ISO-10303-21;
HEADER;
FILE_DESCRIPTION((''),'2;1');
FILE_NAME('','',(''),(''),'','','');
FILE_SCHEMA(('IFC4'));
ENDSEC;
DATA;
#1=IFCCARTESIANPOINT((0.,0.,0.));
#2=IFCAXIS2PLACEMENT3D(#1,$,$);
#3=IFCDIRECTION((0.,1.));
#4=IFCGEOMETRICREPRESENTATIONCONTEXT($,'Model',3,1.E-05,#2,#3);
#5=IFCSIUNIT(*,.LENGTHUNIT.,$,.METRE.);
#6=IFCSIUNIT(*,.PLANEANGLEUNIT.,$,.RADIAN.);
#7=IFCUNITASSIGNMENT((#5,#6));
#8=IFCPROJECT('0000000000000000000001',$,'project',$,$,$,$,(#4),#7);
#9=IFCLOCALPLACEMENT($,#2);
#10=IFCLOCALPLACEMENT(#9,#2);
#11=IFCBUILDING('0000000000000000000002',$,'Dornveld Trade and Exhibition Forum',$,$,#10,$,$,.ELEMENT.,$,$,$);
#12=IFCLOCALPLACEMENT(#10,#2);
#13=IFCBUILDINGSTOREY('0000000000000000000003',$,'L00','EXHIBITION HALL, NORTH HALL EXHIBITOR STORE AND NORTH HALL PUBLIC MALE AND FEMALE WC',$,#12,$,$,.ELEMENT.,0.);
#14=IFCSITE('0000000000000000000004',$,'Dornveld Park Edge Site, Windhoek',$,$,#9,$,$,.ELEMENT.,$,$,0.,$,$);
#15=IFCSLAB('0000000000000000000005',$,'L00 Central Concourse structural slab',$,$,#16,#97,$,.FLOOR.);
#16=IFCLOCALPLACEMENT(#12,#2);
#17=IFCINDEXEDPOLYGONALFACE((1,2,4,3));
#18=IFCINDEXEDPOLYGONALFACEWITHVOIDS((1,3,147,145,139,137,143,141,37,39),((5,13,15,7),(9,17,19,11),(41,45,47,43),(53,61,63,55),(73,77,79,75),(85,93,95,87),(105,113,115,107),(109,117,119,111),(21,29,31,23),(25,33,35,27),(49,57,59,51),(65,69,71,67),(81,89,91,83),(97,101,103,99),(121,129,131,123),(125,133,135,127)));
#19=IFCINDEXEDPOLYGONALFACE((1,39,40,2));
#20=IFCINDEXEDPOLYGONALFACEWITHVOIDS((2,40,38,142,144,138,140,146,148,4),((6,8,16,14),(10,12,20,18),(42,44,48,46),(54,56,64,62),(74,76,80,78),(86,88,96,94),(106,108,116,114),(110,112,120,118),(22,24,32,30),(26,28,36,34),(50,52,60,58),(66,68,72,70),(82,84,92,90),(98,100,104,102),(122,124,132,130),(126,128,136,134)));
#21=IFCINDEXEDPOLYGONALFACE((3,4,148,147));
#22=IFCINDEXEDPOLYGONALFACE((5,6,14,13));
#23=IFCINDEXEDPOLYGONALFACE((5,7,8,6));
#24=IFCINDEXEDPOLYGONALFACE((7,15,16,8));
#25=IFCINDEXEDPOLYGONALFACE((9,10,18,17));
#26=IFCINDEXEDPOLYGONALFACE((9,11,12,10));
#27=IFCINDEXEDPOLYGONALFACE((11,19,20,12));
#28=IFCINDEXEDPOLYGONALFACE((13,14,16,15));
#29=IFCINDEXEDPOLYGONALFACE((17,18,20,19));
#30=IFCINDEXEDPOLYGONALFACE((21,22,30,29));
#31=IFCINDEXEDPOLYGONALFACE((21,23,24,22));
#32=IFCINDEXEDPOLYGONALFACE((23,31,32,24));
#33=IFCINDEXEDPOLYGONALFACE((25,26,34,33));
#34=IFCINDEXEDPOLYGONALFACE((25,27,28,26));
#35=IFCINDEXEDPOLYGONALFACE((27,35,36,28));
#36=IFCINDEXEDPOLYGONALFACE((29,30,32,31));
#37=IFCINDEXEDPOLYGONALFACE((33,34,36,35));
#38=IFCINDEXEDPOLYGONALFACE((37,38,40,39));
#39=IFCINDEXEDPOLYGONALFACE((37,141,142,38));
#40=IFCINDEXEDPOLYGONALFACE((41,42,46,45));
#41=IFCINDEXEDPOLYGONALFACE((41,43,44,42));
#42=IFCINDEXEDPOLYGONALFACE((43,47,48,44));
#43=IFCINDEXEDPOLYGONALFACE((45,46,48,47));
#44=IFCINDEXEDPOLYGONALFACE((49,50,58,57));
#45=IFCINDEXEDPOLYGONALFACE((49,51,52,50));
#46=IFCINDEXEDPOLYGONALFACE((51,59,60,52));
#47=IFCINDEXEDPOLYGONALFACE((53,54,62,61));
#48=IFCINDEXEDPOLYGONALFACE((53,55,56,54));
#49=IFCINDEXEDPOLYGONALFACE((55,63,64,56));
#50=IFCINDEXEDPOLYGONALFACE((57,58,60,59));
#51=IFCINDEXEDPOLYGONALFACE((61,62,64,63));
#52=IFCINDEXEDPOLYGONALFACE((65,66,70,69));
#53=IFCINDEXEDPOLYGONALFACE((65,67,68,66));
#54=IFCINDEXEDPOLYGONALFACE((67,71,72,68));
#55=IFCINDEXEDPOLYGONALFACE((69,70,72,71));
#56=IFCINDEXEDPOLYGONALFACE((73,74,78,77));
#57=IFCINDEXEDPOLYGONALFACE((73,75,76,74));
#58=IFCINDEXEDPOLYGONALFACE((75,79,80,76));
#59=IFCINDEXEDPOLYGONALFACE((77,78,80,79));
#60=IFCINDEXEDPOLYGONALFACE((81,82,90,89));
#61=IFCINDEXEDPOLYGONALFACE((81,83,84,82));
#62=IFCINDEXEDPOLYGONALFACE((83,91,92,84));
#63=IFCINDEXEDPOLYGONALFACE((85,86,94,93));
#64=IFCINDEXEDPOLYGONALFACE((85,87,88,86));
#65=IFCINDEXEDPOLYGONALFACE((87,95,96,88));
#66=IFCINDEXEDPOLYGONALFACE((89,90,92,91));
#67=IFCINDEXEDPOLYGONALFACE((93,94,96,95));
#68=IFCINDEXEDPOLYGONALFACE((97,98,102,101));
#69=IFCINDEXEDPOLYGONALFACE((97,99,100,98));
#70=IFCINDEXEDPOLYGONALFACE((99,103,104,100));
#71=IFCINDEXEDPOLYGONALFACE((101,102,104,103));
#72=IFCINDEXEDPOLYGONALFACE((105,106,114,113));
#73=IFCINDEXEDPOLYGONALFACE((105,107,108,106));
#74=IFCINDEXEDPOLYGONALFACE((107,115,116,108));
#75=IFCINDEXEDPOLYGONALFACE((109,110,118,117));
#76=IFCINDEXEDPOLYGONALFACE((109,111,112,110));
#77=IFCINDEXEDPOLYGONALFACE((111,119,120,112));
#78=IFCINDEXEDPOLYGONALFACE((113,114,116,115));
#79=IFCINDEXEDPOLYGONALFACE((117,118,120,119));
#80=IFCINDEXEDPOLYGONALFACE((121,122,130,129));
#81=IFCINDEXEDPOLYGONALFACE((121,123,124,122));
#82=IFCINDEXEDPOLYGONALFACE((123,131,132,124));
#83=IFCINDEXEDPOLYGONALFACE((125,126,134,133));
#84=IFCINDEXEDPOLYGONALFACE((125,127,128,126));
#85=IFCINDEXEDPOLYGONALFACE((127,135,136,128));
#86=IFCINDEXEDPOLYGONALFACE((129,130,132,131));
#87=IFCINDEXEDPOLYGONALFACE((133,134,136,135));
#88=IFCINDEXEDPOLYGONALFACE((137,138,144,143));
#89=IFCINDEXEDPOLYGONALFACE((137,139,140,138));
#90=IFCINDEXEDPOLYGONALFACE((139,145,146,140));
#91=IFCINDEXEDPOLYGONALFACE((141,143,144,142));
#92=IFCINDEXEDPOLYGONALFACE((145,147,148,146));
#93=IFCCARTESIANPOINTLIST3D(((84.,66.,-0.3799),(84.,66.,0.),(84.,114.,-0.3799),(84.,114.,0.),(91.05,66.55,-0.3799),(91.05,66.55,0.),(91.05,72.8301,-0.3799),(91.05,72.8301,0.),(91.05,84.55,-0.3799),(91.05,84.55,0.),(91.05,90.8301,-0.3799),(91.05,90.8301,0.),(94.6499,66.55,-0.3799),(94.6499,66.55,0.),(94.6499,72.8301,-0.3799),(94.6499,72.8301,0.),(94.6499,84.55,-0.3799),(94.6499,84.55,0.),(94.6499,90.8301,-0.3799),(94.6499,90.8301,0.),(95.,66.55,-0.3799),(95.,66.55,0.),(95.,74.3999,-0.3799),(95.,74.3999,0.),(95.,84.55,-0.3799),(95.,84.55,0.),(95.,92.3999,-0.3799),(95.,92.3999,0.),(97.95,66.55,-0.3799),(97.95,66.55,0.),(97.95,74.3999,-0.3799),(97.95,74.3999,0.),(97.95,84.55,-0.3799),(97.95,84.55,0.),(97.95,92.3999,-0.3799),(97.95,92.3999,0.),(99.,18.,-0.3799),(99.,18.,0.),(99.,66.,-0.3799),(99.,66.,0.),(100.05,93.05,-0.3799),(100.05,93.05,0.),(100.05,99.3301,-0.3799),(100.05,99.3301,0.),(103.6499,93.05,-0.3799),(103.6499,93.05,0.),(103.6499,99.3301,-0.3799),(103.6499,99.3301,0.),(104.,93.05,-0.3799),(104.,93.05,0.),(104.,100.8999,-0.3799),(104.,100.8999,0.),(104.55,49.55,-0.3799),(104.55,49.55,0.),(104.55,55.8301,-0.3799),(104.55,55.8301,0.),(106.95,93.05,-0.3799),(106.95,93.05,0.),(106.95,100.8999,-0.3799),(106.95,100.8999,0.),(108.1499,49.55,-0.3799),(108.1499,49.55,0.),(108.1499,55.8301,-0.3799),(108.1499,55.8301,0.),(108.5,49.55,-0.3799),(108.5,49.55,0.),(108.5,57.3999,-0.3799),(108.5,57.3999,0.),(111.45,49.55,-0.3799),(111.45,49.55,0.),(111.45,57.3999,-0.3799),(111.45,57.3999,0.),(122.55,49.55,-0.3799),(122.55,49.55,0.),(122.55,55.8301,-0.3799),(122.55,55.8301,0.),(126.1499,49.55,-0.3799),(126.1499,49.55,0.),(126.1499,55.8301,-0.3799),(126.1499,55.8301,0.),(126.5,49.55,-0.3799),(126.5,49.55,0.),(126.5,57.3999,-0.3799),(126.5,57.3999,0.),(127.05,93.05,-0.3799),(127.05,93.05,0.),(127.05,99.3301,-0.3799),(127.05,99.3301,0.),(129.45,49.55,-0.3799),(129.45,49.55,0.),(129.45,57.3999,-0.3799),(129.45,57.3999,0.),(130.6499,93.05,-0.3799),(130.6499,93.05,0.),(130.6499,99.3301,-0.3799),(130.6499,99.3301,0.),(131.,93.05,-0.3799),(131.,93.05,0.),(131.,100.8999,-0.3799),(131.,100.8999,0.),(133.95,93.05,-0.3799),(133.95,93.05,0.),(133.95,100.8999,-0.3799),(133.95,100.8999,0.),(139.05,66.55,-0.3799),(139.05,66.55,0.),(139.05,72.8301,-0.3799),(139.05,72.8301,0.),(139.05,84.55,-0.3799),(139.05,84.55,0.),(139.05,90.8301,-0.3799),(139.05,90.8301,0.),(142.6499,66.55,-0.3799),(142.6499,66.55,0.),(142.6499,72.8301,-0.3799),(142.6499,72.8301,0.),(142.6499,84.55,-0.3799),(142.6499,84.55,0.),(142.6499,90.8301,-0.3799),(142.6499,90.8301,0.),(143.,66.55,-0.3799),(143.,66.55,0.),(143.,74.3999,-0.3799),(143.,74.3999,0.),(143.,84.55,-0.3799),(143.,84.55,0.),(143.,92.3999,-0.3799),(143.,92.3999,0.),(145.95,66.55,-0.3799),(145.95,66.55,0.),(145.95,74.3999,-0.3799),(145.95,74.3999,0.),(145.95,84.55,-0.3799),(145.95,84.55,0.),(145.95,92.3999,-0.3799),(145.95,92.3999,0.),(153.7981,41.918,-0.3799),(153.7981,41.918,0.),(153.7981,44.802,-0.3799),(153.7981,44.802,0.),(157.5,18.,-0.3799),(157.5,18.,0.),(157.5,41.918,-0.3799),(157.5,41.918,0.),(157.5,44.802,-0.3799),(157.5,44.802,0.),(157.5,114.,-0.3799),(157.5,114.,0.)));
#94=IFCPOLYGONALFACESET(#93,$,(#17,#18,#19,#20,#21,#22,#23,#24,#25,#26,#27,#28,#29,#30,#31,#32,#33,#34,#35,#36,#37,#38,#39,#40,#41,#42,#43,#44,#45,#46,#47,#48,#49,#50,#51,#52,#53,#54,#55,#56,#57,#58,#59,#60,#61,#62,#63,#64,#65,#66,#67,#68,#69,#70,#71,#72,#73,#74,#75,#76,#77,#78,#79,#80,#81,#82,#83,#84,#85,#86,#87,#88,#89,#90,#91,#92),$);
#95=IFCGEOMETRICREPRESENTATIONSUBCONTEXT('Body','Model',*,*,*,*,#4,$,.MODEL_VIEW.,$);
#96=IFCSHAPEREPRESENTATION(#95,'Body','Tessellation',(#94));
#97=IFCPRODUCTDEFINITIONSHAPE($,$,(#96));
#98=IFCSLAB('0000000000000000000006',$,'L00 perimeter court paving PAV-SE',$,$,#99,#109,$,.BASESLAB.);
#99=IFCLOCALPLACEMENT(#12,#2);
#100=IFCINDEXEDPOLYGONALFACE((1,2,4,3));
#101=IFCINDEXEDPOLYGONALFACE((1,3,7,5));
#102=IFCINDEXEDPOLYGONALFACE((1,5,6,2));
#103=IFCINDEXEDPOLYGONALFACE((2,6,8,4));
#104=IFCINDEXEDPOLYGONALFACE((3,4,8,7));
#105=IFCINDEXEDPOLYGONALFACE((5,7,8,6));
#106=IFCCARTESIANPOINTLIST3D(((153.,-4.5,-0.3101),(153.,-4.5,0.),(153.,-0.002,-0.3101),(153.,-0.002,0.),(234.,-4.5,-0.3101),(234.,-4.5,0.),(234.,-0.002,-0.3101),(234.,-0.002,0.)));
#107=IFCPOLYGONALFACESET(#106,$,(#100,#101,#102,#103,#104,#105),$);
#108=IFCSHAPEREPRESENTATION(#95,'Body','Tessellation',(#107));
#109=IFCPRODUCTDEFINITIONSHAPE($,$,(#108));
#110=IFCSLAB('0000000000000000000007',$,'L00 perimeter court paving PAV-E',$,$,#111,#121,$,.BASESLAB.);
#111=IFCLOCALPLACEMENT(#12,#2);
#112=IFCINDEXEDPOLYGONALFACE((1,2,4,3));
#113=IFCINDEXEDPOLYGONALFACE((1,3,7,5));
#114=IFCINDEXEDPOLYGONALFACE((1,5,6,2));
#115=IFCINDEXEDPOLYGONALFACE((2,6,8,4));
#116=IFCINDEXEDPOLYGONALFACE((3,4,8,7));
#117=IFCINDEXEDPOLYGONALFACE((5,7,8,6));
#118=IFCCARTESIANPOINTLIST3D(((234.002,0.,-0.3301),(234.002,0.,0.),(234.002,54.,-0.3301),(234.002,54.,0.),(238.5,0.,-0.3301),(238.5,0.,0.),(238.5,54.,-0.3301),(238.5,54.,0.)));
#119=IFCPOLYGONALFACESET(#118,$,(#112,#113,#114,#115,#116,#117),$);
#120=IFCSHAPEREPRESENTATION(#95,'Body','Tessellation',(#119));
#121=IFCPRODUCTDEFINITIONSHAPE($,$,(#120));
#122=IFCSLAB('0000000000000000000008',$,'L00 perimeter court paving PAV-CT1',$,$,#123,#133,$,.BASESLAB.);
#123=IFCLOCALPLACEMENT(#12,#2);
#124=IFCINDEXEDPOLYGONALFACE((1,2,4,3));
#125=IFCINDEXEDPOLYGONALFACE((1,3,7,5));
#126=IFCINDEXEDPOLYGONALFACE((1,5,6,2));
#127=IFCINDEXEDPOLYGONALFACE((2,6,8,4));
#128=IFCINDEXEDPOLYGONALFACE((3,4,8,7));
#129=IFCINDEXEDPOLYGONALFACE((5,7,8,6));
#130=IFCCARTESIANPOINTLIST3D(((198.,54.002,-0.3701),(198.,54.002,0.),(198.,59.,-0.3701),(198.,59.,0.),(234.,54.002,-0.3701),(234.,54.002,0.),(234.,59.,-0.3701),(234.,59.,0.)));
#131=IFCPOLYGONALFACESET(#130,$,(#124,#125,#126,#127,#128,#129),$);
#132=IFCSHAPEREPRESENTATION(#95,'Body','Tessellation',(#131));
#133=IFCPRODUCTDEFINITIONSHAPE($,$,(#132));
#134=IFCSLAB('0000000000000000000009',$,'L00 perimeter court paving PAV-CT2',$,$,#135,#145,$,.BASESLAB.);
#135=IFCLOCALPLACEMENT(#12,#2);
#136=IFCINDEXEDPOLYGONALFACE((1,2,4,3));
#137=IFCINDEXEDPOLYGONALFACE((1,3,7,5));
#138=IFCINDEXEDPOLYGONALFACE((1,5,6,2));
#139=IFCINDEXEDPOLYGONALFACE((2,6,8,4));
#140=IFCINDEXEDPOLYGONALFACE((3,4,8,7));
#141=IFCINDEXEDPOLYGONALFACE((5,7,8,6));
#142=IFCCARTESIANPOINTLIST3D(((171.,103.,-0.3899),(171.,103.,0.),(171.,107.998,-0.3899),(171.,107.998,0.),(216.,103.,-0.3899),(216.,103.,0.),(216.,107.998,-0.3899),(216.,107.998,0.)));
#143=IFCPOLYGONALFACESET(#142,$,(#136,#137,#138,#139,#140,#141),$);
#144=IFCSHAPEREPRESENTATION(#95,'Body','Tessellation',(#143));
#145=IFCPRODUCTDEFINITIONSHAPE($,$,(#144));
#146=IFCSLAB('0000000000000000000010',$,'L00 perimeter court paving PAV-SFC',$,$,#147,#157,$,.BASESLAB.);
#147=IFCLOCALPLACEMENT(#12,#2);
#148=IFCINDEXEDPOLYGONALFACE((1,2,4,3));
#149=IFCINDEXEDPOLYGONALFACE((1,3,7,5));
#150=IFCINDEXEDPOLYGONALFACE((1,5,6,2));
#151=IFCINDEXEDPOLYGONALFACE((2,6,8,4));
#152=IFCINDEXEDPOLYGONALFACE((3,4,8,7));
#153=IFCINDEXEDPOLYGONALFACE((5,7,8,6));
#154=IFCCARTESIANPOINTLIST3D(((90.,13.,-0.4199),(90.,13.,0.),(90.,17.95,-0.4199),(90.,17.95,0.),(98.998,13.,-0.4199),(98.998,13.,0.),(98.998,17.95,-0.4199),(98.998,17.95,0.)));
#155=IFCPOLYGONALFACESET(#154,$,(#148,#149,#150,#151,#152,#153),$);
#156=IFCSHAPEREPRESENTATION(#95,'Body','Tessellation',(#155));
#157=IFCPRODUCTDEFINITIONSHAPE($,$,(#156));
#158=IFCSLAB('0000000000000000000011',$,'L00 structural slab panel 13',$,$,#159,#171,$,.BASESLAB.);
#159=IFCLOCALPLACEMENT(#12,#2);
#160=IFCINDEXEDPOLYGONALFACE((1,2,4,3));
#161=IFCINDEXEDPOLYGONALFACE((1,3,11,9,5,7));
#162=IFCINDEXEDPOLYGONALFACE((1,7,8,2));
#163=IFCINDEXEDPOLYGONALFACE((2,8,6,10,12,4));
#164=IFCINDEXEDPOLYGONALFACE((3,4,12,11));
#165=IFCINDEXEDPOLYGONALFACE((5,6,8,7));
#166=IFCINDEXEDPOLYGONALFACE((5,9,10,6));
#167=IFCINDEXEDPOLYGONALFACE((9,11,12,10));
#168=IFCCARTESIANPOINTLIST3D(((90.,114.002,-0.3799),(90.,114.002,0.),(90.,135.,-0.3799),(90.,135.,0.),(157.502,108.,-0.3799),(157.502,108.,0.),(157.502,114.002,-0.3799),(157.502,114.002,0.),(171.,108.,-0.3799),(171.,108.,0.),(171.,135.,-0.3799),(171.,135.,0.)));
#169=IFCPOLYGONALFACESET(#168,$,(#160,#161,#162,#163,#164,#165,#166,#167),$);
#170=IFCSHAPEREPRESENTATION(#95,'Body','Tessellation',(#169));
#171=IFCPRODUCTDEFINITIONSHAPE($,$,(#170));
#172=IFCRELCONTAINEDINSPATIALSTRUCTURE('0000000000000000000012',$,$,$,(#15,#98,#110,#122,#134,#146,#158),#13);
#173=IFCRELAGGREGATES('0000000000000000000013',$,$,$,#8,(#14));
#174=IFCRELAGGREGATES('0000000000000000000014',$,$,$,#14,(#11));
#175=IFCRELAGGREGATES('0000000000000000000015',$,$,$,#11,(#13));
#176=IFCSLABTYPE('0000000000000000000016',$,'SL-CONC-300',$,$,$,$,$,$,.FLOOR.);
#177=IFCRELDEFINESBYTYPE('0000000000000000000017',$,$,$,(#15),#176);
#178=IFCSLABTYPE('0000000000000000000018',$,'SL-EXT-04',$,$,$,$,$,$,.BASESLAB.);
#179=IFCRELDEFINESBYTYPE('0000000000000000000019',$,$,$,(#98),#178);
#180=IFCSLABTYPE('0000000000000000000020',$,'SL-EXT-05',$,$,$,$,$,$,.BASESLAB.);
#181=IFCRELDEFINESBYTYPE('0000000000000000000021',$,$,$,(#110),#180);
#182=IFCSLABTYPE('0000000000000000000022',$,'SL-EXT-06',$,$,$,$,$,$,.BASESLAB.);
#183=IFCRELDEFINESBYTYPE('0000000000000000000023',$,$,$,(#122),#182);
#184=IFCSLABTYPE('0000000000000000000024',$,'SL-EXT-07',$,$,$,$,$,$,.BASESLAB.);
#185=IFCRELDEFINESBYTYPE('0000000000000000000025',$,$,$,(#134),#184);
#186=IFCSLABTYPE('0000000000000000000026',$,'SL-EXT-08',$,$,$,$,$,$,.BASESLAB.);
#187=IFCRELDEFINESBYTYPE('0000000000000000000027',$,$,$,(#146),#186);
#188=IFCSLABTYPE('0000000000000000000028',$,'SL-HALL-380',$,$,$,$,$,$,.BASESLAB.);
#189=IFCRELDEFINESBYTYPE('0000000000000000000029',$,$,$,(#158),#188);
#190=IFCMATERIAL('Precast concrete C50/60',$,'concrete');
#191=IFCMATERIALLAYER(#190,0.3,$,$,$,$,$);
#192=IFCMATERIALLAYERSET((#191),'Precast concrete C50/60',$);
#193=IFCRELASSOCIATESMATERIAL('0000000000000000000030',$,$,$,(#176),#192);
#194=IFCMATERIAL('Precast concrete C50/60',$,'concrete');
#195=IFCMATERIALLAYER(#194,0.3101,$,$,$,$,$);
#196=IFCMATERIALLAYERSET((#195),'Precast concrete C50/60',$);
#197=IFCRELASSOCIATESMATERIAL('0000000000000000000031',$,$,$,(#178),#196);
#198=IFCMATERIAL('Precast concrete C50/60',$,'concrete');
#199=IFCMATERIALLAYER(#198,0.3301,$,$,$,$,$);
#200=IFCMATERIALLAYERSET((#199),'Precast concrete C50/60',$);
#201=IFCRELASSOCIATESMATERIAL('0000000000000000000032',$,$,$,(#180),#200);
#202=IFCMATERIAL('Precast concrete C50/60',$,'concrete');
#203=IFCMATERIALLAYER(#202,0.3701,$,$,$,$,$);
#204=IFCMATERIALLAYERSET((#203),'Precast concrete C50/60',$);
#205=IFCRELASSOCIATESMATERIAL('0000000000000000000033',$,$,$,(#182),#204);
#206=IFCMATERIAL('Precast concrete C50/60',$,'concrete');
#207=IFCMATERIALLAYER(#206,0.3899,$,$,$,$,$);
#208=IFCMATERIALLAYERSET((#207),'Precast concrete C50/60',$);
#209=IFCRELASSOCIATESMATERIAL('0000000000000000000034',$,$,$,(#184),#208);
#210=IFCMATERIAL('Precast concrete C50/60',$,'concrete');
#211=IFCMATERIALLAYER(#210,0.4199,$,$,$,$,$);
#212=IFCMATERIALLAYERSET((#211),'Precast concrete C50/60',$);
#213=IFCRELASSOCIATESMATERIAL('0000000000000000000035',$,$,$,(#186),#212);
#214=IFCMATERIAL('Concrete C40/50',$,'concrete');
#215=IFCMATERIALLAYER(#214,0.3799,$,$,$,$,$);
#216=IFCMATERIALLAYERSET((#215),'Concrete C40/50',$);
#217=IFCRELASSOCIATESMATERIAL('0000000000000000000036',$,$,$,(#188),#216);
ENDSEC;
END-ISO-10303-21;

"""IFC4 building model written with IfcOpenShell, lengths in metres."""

from ifc_helpers import new_model, si_unit, direction, frame, origin, place, context, subcontext, project, spatial, polyline, outline, extrude, material, layer, layer_set, type_object, element, save


model = new_model("IFC4")

# Units and contexts
model_context = context("Model", 3, precision=1e-05, world=origin(), true_north=direction((0.0, 1.0)))
body_context = subcontext(model_context, "Body", "Model", "MODEL_VIEW")
ifc_project = project(units=[si_unit("LENGTHUNIT", "METRE"), si_unit("PLANEANGLEUNIT", "RADIAN")], contexts=[model_context])

# Site, building, storey
site_placement = place(None, origin())
site = spatial("IfcSite", under=ifc_project, at=site_placement, Name="Dornveld Park Edge Site, Windhoek", CompositionType="ELEMENT", RefElevation=0.0)
building_placement = place(site_placement, origin())
building = spatial("IfcBuilding", under=site, at=building_placement, Name="Dornveld Trade and Exhibition Forum", CompositionType="ELEMENT")
storey_placement = place(building_placement, origin())
storey = spatial("IfcBuildingStorey", under=building, at=storey_placement, Name="L00", Description="EXHIBITION HALL, NORTH HALL EXHIBITOR STORE AND NORTH HALL PUBLIC MALE AND FEMALE WC", CompositionType="ELEMENT", Elevation=0.0)

# Slabs
ifc_material_1 = material(Name="Precast concrete C50/60", Category="concrete")
ifc_layer_1 = layer(ifc_material_1, 0.3)
ifc_layer_set_1 = layer_set([ifc_layer_1], Name="Precast concrete C50/60")
slab_type_1 = type_object("IfcSlabType", Name="SL-CONC-300", PredefinedType="FLOOR", material=ifc_layer_set_1)
slab_1_placement = place(storey_placement, frame((0.0, 0.0, -0.3799)))
element("IfcSlab", 1, at=slab_1_placement, inside=storey, type_object=slab_type_1, Name="L00 Central Concourse structural slab", PredefinedType="FLOOR", context=body_context, shape_type="SweptSolid", body=[
    extrude(outline(polyline([(157.5, 18.0), (99.0, 18.0), (99.0, 66.0), (84.0, 66.0), (84.0, 114.0), (157.5, 114.0), (157.5, 44.802), (153.7981, 44.802), (153.7981, 41.918), (157.5, 41.918), (157.5, 18.0)]), holes=[polyline([(142.6499, 84.55), (142.6499, 90.8301), (139.05, 90.8301), (139.05, 84.55), (142.6499, 84.55)]), polyline([(145.95, 84.55), (145.95, 92.3999), (143.0, 92.3999), (143.0, 84.55), (145.95, 84.55)]), polyline([(130.6499, 93.05), (130.6499, 99.3301), (127.05, 99.3301), (127.05, 93.05), (130.6499, 93.05)]), polyline([(133.95, 93.05), (133.95, 100.8999), (131.0, 100.8999), (131.0, 93.05), (133.95, 93.05)]), polyline([(103.6499, 93.05), (103.6499, 99.3301), (100.05, 99.3301), (100.05, 93.05), (103.6499, 93.05)]), polyline([(106.95, 93.05), (106.95, 100.8999), (104.0, 100.8999), (104.0, 93.05), (106.95, 93.05)]), polyline([(94.6499, 84.55), (94.6499, 90.8301), (91.05, 90.8301), (91.05, 84.55), (94.6499, 84.55)]), polyline([(97.95, 84.55), (97.95, 92.3999), (95.0, 92.3999), (95.0, 84.55), (97.95, 84.55)]), polyline([(94.6499, 66.55), (94.6499, 72.8301), (91.05, 72.8301), (91.05, 66.55), (94.6499, 66.55)]), polyline([(97.95, 66.55), (97.95, 74.3999), (95.0, 74.3999), (95.0, 66.55), (97.95, 66.55)]), polyline([(142.6499, 66.55), (142.6499, 72.8301), (139.05, 72.8301), (139.05, 66.55), (142.6499, 66.55)]), polyline([(145.95, 66.55), (145.95, 74.3999), (143.0, 74.3999), (143.0, 66.55), (145.95, 66.55)]), polyline([(108.1499, 49.55), (108.1499, 55.8301), (104.55, 55.8301), (104.55, 49.55), (108.1499, 49.55)]), polyline([(111.45, 49.55), (111.45, 57.3999), (108.5, 57.3999), (108.5, 49.55), (111.45, 49.55)]), polyline([(126.1499, 49.55), (126.1499, 55.8301), (122.55, 55.8301), (122.55, 49.55), (126.1499, 49.55)]), polyline([(129.45, 49.55), (129.45, 57.3999), (126.5, 57.3999), (126.5, 49.55), (129.45, 49.55)])]), origin(), (0.0, 0.0, 1.0), 0.3799),
])
ifc_material_2 = material(Name="Precast concrete C50/60", Category="concrete")
ifc_layer_2 = layer(ifc_material_2, 0.3101)
ifc_layer_set_2 = layer_set([ifc_layer_2], Name="Precast concrete C50/60")
slab_type_2 = type_object("IfcSlabType", Name="SL-EXT-04", PredefinedType="BASESLAB", material=ifc_layer_set_2)
slab_2_placement = place(storey_placement, frame((0.0, 0.0, -0.3101)))
element("IfcSlab", 2, at=slab_2_placement, inside=storey, type_object=slab_type_2, Name="L00 perimeter court paving PAV-SE", PredefinedType="BASESLAB", context=body_context, shape_type="SweptSolid", body=[
    extrude(outline(polyline([(153.0, -0.002), (234.0, -0.002), (234.0, -4.5), (153.0, -4.5), (153.0, -0.002)])), origin(), (0.0, 0.0, 1.0), 0.3101),
])
ifc_material_3 = material(Name="Precast concrete C50/60", Category="concrete")
ifc_layer_3 = layer(ifc_material_3, 0.3301)
ifc_layer_set_3 = layer_set([ifc_layer_3], Name="Precast concrete C50/60")
slab_type_3 = type_object("IfcSlabType", Name="SL-EXT-05", PredefinedType="BASESLAB", material=ifc_layer_set_3)
slab_3_placement = place(storey_placement, frame((0.0, 0.0, -0.3301)))
element("IfcSlab", 3, at=slab_3_placement, inside=storey, type_object=slab_type_3, Name="L00 perimeter court paving PAV-E", PredefinedType="BASESLAB", context=body_context, shape_type="SweptSolid", body=[
    extrude(outline(polyline([(238.5, 54.0), (238.5, 0.0), (234.002, 0.0), (234.002, 54.0), (238.5, 54.0)])), origin(), (0.0, 0.0, 1.0), 0.3301),
])
ifc_material_4 = material(Name="Precast concrete C50/60", Category="concrete")
ifc_layer_4 = layer(ifc_material_4, 0.3701)
ifc_layer_set_4 = layer_set([ifc_layer_4], Name="Precast concrete C50/60")
slab_type_4 = type_object("IfcSlabType", Name="SL-EXT-06", PredefinedType="BASESLAB", material=ifc_layer_set_4)
slab_4_placement = place(storey_placement, frame((0.0, 0.0, -0.3701)))
element("IfcSlab", 4, at=slab_4_placement, inside=storey, type_object=slab_type_4, Name="L00 perimeter court paving PAV-CT1", PredefinedType="BASESLAB", context=body_context, shape_type="SweptSolid", body=[
    extrude(outline(polyline([(234.0, 59.0), (234.0, 54.002), (198.0, 54.002), (198.0, 59.0), (234.0, 59.0)])), origin(), (0.0, 0.0, 1.0), 0.3701),
])
ifc_material_5 = material(Name="Precast concrete C50/60", Category="concrete")
ifc_layer_5 = layer(ifc_material_5, 0.3899)
ifc_layer_set_5 = layer_set([ifc_layer_5], Name="Precast concrete C50/60")
slab_type_5 = type_object("IfcSlabType", Name="SL-EXT-07", PredefinedType="BASESLAB", material=ifc_layer_set_5)
slab_5_placement = place(storey_placement, frame((0.0, 0.0, -0.3899)))
element("IfcSlab", 5, at=slab_5_placement, inside=storey, type_object=slab_type_5, Name="L00 perimeter court paving PAV-CT2", PredefinedType="BASESLAB", context=body_context, shape_type="SweptSolid", body=[
    extrude(outline(polyline([(216.0, 103.0), (171.0, 103.0), (171.0, 107.998), (216.0, 107.998), (216.0, 103.0)])), origin(), (0.0, 0.0, 1.0), 0.3899),
])
ifc_material_6 = material(Name="Precast concrete C50/60", Category="concrete")
ifc_layer_6 = layer(ifc_material_6, 0.4199)
ifc_layer_set_6 = layer_set([ifc_layer_6], Name="Precast concrete C50/60")
slab_type_6 = type_object("IfcSlabType", Name="SL-EXT-08", PredefinedType="BASESLAB", material=ifc_layer_set_6)
slab_6_placement = place(storey_placement, frame((0.0, 0.0, -0.4199)))
element("IfcSlab", 6, at=slab_6_placement, inside=storey, type_object=slab_type_6, Name="L00 perimeter court paving PAV-SFC", PredefinedType="BASESLAB", context=body_context, shape_type="SweptSolid", body=[
    extrude(outline(polyline([(90.0, 13.0), (90.0, 17.95), (98.998, 17.95), (98.998, 13.0), (90.0, 13.0)])), origin(), (0.0, 0.0, 1.0), 0.4199),
])
ifc_material_7 = material(Name="Concrete C40/50", Category="concrete")
ifc_layer_7 = layer(ifc_material_7, 0.3799)
ifc_layer_set_7 = layer_set([ifc_layer_7], Name="Concrete C40/50")
slab_type_7 = type_object("IfcSlabType", Name="SL-HALL-380", PredefinedType="BASESLAB", material=ifc_layer_set_7)
slab_7_placement = place(storey_placement, frame((0.0, 0.0, -0.3799)))
element("IfcSlab", 7, at=slab_7_placement, inside=storey, type_object=slab_type_7, Name="L00 structural slab panel 13", PredefinedType="BASESLAB", context=body_context, shape_type="SweptSolid", body=[
    extrude(outline(polyline([(90.0, 135.0), (171.0, 135.0), (171.0, 108.0), (157.502, 108.0), (157.502, 114.002), (90.0, 114.002), (90.0, 135.0)])), origin(), (0.0, 0.0, 1.0), 0.3799),
])

save(model, "model.ifc")
